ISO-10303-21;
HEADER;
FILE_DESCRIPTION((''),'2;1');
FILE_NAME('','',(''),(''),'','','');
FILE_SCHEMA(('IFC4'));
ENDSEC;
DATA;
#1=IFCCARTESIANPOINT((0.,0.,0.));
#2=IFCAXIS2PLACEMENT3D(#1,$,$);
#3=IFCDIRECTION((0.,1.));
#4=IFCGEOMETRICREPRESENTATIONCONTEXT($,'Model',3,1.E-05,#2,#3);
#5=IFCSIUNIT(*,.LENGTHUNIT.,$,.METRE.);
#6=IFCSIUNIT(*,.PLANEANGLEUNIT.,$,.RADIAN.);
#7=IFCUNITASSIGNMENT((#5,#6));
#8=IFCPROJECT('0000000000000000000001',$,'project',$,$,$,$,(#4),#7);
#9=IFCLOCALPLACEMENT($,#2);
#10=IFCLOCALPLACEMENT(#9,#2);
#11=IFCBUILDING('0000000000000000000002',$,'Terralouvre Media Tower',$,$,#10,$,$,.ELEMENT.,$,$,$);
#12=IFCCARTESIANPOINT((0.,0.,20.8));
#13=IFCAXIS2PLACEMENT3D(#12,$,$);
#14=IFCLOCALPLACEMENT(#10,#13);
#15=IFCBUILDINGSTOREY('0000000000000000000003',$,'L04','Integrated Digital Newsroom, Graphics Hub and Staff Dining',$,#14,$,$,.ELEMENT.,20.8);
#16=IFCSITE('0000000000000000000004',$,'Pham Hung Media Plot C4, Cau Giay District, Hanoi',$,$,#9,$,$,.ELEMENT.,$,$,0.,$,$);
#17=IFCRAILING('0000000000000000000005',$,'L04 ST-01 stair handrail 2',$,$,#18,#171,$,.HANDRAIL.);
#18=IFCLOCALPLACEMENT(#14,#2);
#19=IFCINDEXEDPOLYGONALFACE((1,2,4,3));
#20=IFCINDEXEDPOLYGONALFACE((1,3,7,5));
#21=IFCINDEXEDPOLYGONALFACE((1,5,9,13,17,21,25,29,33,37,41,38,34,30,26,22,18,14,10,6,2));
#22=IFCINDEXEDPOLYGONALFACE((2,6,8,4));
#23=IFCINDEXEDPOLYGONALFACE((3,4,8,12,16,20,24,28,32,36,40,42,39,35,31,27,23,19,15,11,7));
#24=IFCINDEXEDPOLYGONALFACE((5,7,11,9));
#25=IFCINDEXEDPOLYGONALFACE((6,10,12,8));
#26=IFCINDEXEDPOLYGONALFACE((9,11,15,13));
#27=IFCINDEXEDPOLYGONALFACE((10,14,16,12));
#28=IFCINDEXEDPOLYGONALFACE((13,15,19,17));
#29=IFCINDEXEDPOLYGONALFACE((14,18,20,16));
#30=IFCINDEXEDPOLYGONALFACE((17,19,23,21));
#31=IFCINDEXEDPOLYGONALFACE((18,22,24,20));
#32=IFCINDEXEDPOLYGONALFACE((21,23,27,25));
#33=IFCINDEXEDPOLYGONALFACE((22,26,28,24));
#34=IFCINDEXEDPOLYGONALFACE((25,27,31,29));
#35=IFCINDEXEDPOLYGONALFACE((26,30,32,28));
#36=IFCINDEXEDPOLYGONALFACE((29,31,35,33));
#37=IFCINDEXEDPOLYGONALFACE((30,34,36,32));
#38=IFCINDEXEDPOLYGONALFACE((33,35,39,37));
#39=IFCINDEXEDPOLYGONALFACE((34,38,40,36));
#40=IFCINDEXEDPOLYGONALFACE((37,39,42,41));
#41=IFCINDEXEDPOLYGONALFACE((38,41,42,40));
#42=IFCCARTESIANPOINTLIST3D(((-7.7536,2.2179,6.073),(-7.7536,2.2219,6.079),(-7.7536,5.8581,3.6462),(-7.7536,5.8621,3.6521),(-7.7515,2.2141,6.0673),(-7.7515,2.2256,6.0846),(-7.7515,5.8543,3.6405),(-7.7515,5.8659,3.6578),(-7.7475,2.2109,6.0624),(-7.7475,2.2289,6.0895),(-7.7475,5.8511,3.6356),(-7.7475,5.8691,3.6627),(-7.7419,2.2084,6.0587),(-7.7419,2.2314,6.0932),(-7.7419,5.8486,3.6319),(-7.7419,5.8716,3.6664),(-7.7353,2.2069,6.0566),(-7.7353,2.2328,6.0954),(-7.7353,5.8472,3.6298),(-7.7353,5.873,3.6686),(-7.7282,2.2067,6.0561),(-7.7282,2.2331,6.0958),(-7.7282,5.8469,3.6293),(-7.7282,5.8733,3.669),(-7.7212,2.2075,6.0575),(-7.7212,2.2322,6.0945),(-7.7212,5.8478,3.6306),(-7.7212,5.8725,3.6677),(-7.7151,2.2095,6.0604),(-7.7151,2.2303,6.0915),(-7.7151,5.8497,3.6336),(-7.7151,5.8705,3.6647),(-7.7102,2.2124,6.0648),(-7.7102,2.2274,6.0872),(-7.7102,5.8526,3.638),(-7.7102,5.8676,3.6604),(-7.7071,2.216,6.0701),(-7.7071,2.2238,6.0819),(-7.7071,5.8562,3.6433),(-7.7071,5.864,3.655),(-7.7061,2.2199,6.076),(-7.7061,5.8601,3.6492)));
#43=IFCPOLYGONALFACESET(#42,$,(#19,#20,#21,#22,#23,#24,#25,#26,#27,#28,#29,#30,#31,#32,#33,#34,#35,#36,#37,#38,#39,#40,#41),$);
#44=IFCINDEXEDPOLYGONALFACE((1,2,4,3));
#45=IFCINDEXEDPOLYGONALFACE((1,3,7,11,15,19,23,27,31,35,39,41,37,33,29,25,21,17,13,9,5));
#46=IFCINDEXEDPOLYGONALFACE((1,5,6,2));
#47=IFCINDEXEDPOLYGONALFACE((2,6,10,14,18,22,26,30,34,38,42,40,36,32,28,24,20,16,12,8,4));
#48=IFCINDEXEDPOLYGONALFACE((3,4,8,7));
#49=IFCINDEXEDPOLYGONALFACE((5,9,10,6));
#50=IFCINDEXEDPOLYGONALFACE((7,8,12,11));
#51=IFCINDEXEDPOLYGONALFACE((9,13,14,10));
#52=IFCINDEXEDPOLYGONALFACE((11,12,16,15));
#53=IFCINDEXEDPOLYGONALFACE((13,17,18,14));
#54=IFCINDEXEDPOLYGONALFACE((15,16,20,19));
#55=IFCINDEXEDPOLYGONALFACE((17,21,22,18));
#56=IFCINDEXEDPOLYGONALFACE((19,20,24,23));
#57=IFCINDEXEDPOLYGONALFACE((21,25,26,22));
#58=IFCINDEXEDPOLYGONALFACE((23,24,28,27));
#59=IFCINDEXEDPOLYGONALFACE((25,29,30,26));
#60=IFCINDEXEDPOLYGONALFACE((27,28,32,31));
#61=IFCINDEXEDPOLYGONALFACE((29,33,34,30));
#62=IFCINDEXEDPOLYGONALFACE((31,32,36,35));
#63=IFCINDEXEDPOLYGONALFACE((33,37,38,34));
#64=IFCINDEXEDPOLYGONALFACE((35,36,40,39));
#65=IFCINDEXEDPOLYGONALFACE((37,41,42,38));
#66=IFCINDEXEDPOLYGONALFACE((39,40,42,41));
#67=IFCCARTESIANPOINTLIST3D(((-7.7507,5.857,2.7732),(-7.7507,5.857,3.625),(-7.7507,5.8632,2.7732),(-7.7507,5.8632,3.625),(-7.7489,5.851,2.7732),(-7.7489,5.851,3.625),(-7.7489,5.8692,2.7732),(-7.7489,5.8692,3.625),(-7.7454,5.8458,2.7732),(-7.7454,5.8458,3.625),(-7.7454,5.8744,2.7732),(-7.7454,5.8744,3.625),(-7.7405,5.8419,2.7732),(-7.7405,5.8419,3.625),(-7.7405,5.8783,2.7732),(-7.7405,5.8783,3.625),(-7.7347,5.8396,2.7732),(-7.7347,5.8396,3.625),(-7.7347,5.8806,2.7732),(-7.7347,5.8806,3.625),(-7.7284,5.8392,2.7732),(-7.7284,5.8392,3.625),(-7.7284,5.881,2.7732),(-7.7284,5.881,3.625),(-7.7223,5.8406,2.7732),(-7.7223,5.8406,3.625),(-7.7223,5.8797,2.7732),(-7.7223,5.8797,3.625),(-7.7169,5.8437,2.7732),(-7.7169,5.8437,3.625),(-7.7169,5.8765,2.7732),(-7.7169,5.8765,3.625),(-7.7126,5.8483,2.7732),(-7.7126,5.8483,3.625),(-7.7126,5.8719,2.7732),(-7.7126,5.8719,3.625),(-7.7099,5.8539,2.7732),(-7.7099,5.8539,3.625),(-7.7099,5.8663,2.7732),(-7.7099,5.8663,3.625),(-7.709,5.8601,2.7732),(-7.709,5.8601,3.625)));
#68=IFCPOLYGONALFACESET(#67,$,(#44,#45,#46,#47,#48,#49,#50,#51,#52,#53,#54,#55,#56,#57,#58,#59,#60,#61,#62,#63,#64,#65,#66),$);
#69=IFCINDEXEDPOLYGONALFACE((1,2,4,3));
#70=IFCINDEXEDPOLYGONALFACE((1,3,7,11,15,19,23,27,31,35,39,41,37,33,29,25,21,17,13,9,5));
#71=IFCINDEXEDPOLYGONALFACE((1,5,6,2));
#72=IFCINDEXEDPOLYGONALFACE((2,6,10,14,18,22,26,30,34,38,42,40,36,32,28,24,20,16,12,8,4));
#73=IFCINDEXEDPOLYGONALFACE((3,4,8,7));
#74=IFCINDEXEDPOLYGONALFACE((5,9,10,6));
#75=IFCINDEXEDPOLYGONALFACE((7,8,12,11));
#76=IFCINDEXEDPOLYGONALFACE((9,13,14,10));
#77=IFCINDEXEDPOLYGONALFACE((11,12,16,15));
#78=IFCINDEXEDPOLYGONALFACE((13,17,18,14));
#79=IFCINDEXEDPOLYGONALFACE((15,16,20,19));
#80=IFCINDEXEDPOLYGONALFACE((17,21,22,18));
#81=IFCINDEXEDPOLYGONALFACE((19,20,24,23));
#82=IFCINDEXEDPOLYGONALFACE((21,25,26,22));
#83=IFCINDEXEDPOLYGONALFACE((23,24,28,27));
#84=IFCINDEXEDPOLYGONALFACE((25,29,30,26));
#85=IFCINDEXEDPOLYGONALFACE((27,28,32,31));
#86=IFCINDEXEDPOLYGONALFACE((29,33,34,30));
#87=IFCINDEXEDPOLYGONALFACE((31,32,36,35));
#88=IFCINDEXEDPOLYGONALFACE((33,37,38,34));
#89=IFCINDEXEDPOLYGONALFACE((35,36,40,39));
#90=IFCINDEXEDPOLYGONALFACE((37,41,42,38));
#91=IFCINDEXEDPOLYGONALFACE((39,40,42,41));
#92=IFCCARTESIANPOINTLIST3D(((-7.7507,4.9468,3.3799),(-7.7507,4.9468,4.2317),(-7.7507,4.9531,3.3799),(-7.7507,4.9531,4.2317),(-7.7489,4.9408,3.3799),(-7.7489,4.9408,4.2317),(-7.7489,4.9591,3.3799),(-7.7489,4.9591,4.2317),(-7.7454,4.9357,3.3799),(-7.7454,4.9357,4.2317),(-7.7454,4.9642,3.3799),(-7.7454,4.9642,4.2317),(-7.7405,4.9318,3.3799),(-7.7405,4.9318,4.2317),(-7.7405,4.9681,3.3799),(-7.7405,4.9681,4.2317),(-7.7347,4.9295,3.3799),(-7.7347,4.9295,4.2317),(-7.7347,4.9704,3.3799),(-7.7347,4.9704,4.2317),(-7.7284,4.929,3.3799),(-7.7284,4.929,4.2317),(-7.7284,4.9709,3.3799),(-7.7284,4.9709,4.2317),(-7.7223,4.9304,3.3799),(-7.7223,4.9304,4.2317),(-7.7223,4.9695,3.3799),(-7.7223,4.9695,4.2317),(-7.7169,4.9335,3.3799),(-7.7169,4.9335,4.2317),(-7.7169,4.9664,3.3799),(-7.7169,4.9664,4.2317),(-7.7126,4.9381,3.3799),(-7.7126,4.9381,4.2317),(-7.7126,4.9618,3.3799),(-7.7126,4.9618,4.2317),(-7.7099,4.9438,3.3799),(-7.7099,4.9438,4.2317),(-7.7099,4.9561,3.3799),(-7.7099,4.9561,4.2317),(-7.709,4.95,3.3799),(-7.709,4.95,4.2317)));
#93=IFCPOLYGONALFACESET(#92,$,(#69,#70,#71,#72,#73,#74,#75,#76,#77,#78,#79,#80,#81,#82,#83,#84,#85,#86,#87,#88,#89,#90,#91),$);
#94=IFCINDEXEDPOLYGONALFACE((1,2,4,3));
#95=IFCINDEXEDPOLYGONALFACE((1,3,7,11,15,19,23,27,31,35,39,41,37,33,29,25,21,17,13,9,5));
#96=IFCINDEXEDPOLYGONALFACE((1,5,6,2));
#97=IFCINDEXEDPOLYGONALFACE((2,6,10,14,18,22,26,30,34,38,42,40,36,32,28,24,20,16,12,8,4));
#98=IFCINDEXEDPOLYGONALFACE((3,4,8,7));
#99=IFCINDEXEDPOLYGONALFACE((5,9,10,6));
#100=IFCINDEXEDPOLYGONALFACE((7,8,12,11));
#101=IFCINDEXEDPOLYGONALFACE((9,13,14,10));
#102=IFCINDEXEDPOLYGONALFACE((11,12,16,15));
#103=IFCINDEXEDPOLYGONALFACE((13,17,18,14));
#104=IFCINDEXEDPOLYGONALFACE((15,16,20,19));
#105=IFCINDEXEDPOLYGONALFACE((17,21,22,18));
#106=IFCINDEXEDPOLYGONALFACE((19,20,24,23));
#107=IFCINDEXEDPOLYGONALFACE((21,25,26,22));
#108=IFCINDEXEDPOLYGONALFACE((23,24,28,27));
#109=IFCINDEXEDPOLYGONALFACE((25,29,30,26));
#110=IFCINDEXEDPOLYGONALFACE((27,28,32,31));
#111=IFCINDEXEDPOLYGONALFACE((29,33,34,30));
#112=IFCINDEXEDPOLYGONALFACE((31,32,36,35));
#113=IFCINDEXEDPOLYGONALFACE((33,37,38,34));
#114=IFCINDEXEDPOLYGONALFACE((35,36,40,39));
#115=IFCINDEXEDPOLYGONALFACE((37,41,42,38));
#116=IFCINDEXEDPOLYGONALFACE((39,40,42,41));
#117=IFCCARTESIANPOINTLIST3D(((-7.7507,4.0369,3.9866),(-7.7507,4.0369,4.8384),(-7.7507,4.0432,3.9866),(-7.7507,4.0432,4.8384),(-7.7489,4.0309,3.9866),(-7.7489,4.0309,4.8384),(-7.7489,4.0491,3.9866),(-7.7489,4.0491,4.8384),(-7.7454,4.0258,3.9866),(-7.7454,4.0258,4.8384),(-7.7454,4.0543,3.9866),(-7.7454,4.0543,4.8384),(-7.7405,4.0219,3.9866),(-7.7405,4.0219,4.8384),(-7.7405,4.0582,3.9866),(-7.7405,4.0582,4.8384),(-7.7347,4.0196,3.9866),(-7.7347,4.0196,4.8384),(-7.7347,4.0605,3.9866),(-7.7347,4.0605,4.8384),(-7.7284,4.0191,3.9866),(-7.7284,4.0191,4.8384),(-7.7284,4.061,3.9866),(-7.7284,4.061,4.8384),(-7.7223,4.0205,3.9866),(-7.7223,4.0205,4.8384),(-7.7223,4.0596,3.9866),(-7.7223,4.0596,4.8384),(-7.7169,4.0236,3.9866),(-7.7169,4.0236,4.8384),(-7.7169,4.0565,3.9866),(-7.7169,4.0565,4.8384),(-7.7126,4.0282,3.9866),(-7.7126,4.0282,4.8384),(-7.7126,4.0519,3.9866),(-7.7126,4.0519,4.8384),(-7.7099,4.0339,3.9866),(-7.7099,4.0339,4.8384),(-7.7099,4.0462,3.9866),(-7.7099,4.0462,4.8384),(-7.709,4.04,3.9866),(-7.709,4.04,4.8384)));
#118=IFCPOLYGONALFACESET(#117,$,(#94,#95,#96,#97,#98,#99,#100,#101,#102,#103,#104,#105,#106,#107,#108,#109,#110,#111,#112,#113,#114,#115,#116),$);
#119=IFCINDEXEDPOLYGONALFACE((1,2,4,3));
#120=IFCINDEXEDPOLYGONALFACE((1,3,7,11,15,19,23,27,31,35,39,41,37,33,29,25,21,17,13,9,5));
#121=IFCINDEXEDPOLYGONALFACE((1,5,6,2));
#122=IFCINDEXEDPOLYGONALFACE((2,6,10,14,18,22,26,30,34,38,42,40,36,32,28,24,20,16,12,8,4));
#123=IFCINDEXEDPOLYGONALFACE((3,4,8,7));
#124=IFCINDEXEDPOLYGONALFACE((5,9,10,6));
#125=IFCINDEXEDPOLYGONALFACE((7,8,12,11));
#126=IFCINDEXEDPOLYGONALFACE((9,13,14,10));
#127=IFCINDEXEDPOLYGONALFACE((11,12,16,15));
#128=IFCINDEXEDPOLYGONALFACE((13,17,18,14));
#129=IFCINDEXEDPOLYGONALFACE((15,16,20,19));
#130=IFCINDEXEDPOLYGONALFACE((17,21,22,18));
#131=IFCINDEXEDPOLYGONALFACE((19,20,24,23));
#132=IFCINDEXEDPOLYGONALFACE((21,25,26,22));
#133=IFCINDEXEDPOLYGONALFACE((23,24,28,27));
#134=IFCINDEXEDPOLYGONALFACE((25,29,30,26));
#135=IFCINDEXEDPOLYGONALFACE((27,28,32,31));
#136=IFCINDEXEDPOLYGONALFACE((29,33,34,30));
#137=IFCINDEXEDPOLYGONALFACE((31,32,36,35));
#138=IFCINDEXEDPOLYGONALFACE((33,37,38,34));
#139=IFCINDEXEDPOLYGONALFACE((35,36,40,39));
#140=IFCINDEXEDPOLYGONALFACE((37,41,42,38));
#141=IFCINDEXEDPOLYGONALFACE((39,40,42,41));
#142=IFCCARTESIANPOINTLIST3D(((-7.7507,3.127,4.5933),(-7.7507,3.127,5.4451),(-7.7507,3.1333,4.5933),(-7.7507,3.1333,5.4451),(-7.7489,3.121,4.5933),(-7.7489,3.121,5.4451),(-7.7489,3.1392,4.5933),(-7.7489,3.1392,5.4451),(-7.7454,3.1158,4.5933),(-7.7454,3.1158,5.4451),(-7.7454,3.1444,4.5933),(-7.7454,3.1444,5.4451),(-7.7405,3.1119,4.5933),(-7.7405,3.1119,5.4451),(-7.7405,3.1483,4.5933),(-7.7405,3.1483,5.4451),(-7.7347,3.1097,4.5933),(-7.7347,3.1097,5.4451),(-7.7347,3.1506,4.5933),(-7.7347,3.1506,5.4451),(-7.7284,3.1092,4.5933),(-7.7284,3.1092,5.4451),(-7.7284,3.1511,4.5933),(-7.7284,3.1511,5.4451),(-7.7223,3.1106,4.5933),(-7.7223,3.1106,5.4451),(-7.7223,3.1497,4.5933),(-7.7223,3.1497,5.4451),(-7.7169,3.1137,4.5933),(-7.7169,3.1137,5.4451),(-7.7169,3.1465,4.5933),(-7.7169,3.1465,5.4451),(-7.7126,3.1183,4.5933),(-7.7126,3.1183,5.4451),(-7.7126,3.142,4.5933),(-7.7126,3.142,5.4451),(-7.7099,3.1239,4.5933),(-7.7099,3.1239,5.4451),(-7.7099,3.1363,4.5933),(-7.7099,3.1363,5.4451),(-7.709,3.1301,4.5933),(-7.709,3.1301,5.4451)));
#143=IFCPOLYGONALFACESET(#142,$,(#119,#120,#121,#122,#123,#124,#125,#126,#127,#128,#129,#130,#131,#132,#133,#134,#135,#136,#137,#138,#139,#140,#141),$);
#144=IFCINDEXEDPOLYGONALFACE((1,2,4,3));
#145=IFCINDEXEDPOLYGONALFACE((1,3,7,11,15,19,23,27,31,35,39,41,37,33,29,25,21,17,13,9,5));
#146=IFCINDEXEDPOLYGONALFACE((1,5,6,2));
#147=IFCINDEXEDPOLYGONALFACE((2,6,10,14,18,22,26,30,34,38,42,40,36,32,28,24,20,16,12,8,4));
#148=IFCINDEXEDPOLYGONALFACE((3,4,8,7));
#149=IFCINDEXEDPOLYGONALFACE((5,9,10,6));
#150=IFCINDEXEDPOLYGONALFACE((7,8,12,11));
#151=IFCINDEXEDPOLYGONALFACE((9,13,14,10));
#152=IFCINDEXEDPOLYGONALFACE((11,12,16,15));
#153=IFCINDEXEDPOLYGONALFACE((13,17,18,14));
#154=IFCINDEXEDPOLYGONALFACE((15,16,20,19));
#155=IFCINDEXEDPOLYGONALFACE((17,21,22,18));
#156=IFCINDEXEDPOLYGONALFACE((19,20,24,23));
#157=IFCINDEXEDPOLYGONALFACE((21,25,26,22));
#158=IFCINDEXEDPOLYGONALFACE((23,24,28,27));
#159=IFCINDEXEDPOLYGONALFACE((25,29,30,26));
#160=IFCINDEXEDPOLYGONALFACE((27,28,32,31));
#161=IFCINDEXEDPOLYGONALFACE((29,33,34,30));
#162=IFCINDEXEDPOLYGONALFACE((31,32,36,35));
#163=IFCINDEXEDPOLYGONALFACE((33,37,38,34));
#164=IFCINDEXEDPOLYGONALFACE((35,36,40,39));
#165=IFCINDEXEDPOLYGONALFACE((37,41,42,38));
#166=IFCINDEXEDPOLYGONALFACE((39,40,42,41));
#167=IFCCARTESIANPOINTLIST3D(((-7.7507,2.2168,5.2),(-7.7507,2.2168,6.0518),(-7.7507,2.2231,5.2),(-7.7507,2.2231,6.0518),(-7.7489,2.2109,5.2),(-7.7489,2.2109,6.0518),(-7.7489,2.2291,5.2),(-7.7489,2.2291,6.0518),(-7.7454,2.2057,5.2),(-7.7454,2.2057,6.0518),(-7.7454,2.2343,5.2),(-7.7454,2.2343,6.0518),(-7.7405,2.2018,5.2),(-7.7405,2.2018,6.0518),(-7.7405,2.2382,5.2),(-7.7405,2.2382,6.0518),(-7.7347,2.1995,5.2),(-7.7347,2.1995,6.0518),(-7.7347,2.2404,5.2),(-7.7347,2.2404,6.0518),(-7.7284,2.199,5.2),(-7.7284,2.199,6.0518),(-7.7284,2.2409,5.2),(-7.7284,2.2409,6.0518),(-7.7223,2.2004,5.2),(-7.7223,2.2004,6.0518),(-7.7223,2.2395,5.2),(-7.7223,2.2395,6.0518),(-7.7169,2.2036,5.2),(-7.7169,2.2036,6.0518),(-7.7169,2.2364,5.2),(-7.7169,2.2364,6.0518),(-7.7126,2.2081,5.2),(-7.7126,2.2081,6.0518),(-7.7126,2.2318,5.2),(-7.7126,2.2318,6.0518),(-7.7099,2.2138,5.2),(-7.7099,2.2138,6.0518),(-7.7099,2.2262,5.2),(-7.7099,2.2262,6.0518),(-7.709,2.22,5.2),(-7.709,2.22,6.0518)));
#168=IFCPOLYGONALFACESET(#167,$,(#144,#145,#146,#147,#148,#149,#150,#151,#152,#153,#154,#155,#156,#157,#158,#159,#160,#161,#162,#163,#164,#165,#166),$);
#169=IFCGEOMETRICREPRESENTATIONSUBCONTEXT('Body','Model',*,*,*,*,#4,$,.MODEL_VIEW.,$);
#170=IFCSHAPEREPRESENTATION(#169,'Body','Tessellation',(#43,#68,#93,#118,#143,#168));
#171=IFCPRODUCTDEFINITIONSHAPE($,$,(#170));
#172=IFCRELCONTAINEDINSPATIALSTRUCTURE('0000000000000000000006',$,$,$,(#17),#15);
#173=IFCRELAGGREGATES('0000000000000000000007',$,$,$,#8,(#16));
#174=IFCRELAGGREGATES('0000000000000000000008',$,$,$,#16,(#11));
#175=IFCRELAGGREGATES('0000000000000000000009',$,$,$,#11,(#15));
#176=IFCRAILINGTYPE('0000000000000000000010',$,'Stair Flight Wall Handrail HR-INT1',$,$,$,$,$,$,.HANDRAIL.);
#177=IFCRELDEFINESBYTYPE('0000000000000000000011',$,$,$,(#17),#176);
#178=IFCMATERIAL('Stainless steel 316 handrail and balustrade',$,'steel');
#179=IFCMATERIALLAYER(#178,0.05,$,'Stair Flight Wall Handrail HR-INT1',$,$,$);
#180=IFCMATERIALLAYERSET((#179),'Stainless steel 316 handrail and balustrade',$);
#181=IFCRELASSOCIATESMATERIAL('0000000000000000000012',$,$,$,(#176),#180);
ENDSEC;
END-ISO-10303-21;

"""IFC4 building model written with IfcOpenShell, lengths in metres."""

from ifc_helpers import new_model, si_unit, direction, frame, origin, origin_2d, place, context, subcontext, project, spatial, circle, extrude, material, layer, layer_set, type_object, element, save


model = new_model("IFC4")

# Units and contexts
model_context = context("Model", 3, precision=1e-05, world=origin(), true_north=direction((0.0, 1.0)))
body_context = subcontext(model_context, "Body", "Model", "MODEL_VIEW")
ifc_project = project(units=[si_unit("LENGTHUNIT", "METRE"), si_unit("PLANEANGLEUNIT", "RADIAN")], contexts=[model_context])

# Site, building, storey
site_placement = place(None, origin())
site = spatial("IfcSite", under=ifc_project, at=site_placement, Name="Pham Hung Media Plot C4, Cau Giay District, Hanoi", CompositionType="ELEMENT", RefElevation=0.0)
building_placement = place(site_placement, origin())
building = spatial("IfcBuilding", under=site, at=building_placement, Name="Terralouvre Media Tower", CompositionType="ELEMENT")
storey_placement = place(building_placement, frame((0.0, 0.0, 20.8)))
storey = spatial("IfcBuildingStorey", under=building, at=storey_placement, Name="L04", Description="Integrated Digital Newsroom, Graphics Hub and Staff Dining", CompositionType="ELEMENT", Elevation=20.8)

# Railing
ifc_material_1 = material(Name="Stainless steel 316 handrail and balustrade", Category="steel")
ifc_layer_1 = layer(ifc_material_1, 0.05, Name="Stair Flight Wall Handrail HR-INT1")
ifc_layer_set_1 = layer_set([ifc_layer_1], Name="Stainless steel 316 handrail and balustrade")
railing_type_1 = type_object("IfcRailingType", Name="Stair Flight Wall Handrail HR-INT1", PredefinedType="HANDRAIL", material=ifc_layer_set_1)
railing_1_placement = place(storey_placement, frame((-7.73, 5.8601, 2.7732)))
element("IfcRailing", 1, at=railing_1_placement, inside=storey, type_object=railing_type_1, Name="L04 ST-01 stair handrail 2", PredefinedType="HANDRAIL", context=body_context, shape_type="SweptSolid", body=[
    extrude(circle(Radius=0.0239, at=origin_2d()), frame((0.0, 0.0, 0.876), z_axis=(0.0, -0.83205, 0.5547), x_axis=(1.0, 0.0, 0.0)), (0.0, 0.0, 1.0), 4.375),
    extrude(circle(Radius=0.021, at=origin_2d()), origin(), (0.0, 0.0, 1.0), 0.8518),
    extrude(circle(Radius=0.021, at=origin_2d()), frame((0.0, -0.9102, 0.6067)), (0.0, 0.0, 1.0), 0.8518),
    extrude(circle(Radius=0.021, at=origin_2d()), frame((0.0, -1.8201, 1.2134)), (0.0, 0.0, 1.0), 0.8518),
    extrude(circle(Radius=0.021, at=origin_2d()), frame((0.0, -2.73, 1.8201)), (0.0, 0.0, 1.0), 0.8518),
    extrude(circle(Radius=0.021, at=origin_2d()), frame((0.0, -3.6401, 2.4268)), (0.0, 0.0, 1.0), 0.8518),
])

save(model, "model.ifc")
